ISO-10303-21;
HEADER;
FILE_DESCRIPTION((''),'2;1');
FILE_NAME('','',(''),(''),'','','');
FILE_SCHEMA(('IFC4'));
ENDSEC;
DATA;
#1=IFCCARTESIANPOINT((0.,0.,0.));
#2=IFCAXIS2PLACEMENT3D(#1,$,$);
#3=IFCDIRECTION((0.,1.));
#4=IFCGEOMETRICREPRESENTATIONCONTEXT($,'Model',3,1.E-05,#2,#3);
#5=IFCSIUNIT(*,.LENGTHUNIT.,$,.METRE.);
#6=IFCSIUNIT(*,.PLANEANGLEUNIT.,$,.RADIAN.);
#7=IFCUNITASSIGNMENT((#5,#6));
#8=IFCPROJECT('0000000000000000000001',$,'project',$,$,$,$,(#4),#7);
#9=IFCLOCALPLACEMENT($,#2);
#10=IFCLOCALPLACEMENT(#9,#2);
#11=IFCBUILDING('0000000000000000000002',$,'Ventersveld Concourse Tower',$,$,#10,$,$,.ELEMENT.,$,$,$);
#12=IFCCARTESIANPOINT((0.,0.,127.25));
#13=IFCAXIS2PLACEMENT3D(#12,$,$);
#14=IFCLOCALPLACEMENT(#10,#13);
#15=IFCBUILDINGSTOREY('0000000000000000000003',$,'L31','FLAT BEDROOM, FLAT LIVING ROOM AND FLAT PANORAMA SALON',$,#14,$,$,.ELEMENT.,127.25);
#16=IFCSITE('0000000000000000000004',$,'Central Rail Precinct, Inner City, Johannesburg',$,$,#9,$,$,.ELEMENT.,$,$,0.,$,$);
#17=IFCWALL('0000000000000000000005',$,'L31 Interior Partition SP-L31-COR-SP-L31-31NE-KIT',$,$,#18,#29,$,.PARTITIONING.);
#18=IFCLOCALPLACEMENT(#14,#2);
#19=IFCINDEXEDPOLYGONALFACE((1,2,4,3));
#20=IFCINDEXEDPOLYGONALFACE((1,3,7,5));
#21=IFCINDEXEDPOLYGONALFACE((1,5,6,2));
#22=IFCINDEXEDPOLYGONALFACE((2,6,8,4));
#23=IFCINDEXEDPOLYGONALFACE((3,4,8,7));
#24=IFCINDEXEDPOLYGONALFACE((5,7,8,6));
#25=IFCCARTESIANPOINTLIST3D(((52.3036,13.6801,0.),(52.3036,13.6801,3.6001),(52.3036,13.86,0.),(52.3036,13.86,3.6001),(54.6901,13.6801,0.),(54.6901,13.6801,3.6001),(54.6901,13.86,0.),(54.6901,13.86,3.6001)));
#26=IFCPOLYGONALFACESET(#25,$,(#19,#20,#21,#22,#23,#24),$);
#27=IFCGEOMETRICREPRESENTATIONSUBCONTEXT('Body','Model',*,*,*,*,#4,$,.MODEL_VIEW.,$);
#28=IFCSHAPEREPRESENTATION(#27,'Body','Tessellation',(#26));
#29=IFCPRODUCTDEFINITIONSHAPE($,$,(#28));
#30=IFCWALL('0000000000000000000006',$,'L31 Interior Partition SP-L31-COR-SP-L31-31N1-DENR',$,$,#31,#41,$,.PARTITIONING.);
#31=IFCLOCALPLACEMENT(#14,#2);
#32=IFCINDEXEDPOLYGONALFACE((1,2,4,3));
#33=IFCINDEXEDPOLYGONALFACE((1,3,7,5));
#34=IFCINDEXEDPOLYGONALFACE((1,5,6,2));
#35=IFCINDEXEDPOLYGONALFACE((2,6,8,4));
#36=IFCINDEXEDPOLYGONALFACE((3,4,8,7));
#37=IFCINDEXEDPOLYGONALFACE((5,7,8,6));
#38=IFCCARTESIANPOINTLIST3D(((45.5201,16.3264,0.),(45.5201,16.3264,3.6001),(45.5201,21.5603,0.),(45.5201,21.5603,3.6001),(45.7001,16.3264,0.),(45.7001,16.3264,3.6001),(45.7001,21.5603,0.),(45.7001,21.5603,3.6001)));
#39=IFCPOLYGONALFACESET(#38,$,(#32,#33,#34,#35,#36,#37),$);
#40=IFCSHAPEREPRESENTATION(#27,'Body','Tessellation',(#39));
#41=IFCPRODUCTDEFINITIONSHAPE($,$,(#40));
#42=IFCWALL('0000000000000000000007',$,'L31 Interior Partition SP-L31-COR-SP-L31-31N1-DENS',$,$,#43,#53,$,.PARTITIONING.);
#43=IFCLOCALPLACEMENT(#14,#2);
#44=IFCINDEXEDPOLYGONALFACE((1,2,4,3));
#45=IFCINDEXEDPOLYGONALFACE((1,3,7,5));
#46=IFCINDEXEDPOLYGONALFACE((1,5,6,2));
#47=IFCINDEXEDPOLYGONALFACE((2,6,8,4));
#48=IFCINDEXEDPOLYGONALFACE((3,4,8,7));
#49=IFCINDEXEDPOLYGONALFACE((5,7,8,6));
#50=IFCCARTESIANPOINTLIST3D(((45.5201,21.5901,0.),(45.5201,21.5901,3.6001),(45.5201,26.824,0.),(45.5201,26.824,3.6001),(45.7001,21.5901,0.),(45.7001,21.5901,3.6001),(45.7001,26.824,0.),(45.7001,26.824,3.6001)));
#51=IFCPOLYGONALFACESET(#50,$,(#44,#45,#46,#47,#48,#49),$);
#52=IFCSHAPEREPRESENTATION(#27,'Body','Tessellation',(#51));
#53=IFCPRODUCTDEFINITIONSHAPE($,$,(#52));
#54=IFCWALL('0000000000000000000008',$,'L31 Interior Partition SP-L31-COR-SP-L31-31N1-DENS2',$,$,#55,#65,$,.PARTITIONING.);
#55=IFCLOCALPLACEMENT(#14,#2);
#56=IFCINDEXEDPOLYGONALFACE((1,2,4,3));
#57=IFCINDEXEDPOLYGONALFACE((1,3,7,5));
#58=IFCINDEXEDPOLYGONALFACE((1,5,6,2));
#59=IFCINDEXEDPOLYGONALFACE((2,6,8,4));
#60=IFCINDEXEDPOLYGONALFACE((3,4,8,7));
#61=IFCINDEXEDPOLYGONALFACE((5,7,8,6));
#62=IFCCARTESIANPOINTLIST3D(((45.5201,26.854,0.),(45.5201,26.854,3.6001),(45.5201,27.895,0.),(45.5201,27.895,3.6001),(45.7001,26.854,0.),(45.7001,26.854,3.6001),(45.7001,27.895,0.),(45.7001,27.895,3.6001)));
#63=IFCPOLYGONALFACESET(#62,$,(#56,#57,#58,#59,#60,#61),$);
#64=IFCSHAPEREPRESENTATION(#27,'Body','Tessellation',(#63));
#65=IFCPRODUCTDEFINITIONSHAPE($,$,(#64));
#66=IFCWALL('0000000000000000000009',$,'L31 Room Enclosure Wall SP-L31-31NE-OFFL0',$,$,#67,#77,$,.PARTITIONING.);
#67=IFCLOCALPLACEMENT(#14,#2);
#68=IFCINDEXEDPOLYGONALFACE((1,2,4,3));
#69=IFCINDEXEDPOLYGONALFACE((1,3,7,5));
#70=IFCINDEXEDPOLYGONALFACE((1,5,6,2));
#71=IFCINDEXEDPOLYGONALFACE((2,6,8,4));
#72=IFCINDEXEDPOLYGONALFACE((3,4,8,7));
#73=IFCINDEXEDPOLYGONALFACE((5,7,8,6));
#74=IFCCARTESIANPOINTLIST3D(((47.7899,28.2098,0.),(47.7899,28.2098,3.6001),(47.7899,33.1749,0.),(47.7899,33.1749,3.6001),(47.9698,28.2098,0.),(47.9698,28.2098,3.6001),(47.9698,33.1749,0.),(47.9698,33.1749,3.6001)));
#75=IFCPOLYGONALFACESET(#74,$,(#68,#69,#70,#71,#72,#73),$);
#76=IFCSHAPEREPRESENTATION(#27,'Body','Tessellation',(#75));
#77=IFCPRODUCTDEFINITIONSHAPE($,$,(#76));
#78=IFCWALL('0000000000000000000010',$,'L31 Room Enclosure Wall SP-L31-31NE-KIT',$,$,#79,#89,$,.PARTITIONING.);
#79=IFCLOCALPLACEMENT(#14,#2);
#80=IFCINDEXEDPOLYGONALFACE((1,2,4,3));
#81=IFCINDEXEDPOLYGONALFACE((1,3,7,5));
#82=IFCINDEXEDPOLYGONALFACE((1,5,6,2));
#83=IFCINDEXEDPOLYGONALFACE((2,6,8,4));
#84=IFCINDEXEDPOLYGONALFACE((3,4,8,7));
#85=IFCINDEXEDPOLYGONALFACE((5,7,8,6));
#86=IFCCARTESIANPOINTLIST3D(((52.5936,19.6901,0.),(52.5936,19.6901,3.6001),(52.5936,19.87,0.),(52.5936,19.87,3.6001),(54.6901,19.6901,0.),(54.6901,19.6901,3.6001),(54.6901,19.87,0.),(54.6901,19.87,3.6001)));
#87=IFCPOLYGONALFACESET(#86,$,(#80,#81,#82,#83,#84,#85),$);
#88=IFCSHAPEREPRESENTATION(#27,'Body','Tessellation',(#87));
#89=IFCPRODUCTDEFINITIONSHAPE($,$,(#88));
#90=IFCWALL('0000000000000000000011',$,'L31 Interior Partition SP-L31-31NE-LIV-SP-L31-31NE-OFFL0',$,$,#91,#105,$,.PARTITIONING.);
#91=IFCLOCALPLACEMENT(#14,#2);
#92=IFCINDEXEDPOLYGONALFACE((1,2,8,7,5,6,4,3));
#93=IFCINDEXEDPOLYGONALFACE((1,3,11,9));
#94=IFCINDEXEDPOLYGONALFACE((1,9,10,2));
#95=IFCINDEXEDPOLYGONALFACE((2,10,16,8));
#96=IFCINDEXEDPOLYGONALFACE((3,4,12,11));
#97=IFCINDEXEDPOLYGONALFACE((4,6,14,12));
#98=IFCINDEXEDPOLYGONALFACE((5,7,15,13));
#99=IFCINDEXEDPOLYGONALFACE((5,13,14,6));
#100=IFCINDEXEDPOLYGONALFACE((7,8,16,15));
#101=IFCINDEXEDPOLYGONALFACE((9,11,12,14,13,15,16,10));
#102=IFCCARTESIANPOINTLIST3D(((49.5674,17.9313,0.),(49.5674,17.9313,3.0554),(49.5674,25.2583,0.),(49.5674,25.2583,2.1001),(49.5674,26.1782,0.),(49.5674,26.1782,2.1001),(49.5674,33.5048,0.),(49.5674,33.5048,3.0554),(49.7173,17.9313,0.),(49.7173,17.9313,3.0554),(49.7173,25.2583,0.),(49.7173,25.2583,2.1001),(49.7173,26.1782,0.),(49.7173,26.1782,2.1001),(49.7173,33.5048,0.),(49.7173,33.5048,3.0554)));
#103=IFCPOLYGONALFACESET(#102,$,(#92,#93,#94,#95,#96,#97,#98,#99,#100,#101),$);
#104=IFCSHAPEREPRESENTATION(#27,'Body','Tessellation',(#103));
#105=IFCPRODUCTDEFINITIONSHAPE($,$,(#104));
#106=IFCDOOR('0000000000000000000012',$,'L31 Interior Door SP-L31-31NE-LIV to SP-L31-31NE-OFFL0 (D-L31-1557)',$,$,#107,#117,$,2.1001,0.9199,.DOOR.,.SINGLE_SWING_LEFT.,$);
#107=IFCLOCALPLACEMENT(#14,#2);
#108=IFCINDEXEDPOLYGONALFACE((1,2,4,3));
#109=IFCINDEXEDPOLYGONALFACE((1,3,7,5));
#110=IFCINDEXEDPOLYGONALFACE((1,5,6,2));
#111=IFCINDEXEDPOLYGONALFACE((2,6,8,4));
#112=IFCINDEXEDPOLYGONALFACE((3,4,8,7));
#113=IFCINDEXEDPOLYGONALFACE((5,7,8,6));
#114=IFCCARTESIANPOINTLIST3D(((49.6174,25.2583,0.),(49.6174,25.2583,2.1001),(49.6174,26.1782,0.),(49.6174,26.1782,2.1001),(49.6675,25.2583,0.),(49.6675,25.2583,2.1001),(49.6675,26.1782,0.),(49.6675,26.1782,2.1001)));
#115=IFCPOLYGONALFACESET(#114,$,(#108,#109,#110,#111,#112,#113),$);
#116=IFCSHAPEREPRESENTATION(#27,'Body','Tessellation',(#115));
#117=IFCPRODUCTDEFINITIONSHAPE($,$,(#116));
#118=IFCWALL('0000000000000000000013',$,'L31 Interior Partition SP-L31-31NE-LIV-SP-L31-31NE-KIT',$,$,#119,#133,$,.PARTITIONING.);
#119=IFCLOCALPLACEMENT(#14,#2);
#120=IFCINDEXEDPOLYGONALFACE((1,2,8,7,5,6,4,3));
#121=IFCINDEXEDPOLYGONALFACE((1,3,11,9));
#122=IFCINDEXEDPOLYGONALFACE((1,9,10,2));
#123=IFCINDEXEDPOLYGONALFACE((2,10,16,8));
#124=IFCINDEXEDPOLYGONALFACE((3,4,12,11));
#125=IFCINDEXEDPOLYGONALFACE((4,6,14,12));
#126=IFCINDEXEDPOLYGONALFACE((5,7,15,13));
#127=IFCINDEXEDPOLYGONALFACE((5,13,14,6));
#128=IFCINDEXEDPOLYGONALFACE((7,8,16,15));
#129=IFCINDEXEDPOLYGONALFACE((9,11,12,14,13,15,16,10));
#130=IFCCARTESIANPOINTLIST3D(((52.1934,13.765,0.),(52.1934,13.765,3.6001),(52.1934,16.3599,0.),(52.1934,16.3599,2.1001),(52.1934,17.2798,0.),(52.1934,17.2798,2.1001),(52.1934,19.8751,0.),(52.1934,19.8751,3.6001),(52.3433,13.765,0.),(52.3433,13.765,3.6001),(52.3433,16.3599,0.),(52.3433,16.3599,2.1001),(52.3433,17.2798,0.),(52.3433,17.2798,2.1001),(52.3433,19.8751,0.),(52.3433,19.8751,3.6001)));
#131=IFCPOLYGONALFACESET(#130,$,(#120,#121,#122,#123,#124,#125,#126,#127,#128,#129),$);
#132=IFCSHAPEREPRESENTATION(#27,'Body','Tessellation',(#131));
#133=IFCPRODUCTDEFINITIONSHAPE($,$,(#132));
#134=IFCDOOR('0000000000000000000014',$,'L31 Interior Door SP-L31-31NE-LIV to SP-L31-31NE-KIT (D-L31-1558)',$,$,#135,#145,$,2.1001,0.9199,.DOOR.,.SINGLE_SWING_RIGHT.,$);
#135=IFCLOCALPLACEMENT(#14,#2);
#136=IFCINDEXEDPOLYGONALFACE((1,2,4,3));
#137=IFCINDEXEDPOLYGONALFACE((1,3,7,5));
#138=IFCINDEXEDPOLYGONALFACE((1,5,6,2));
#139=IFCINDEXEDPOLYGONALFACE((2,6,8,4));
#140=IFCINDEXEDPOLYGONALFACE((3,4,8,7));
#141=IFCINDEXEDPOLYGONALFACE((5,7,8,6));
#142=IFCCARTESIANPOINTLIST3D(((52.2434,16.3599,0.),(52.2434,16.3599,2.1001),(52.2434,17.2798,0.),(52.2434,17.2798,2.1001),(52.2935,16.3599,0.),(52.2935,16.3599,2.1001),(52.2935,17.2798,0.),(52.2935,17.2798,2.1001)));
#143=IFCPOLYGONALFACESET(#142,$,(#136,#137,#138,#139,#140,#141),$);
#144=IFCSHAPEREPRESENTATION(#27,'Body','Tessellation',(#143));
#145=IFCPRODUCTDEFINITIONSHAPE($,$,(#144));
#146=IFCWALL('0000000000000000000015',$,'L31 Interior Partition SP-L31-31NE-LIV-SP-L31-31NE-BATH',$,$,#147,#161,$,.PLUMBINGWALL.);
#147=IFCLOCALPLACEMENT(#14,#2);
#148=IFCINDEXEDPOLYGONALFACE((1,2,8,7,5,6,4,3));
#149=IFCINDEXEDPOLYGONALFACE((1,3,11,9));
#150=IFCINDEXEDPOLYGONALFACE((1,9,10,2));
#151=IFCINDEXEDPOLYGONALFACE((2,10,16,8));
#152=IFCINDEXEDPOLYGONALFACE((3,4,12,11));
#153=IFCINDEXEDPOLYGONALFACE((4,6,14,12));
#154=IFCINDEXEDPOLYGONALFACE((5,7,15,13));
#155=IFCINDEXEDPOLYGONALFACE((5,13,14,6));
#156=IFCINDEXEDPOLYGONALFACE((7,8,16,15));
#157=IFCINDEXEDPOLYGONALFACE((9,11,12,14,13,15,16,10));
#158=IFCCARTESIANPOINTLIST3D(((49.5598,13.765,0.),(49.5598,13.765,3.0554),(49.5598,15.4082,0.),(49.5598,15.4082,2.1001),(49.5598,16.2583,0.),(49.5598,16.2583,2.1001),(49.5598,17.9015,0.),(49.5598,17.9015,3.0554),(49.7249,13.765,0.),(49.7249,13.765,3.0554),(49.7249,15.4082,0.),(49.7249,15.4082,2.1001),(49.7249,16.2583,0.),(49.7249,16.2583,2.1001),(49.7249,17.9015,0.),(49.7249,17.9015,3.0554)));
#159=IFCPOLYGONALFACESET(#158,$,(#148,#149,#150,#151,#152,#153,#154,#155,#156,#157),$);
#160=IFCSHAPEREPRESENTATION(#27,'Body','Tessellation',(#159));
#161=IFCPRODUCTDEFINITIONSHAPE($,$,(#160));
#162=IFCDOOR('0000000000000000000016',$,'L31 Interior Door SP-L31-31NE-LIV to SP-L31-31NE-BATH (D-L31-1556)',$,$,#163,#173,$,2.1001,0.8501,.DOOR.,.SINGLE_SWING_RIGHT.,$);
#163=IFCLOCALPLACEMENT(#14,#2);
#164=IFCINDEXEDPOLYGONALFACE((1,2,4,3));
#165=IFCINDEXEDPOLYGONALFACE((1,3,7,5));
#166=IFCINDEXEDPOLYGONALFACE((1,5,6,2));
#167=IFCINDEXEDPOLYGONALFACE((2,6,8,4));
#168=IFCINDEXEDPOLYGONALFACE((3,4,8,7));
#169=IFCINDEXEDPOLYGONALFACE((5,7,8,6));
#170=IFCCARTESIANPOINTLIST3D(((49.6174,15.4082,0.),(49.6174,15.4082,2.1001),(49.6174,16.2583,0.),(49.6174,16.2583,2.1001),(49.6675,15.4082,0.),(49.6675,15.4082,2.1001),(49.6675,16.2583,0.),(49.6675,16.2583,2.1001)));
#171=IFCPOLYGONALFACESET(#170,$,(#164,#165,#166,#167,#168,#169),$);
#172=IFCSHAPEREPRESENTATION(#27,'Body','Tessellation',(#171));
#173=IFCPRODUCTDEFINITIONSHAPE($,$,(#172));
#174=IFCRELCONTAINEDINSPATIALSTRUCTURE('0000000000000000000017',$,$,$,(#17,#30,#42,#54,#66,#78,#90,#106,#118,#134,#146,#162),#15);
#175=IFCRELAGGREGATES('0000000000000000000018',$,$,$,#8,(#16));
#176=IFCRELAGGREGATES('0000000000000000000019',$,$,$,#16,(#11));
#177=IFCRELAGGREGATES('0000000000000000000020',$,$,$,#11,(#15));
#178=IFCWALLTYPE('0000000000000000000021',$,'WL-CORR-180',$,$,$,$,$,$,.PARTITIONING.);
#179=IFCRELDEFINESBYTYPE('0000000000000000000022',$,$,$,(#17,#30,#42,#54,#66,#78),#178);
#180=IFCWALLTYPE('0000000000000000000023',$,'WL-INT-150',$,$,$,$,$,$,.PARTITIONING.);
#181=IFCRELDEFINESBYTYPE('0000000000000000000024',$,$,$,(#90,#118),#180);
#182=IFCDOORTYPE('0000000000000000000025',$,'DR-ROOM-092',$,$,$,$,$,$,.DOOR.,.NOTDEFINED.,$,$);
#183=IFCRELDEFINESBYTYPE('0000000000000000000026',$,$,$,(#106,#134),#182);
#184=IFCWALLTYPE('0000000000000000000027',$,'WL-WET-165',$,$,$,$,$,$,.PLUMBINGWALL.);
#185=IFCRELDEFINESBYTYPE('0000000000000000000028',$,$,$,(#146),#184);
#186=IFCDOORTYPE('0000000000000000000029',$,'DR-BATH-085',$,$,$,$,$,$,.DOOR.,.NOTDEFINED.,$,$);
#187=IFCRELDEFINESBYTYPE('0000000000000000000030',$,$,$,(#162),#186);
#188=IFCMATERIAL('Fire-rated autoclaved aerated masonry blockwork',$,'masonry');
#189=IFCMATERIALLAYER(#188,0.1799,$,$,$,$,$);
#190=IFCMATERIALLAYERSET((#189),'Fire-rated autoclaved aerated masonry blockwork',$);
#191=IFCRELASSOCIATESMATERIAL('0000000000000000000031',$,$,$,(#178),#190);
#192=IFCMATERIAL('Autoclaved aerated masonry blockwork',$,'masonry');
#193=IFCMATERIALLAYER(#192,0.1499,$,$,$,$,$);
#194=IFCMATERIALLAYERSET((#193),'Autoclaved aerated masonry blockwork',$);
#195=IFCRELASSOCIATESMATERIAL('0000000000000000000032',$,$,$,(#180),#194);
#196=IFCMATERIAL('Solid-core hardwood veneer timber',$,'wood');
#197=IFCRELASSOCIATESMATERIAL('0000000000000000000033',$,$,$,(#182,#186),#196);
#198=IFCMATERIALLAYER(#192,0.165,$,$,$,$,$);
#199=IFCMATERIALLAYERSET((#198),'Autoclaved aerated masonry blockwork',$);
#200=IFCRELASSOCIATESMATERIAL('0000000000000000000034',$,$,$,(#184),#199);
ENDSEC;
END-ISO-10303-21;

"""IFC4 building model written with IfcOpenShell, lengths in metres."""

from ifc_helpers import new_model, si_unit, direction, frame, frame_2d, origin, place, context, subcontext, project, spatial, rectangle, extrude, material, layer, layer_set, type_object, element, fill, save


model = new_model("IFC4")

# Units and contexts
model_context = context("Model", 3, precision=1e-05, world=origin(), true_north=direction((0.0, 1.0)))
body_context = subcontext(model_context, "Body", "Model", "MODEL_VIEW")
ifc_project = project(units=[si_unit("LENGTHUNIT", "METRE"), si_unit("PLANEANGLEUNIT", "RADIAN")], contexts=[model_context])

# Site, building, storey
site_placement = place(None, origin())
site = spatial("IfcSite", under=ifc_project, at=site_placement, Name="Central Rail Precinct, Inner City, Johannesburg", CompositionType="ELEMENT", RefElevation=0.0)
building_placement = place(site_placement, origin())
building = spatial("IfcBuilding", under=site, at=building_placement, Name="Ventersveld Concourse Tower", CompositionType="ELEMENT")
storey_placement = place(building_placement, frame((0.0, 0.0, 127.25)))
storey = spatial("IfcBuildingStorey", under=building, at=storey_placement, Name="L31", Description="FLAT BEDROOM, FLAT LIVING ROOM AND FLAT PANORAMA SALON", CompositionType="ELEMENT", Elevation=127.25)

# Shared definitions
ifc_material_1 = material(Name="Fire-rated autoclaved aerated masonry blockwork", Category="masonry")
ifc_layer_1 = layer(ifc_material_1, 0.1799)
ifc_layer_set_1 = layer_set([ifc_layer_1], Name="Fire-rated autoclaved aerated masonry blockwork")
wall_type_1 = type_object("IfcWallType", Name="WL-CORR-180", PredefinedType="PARTITIONING", material=ifc_layer_set_1)
ifc_material_2 = material(Name="Solid-core hardwood veneer timber", Category="wood")

# Walls
wall_1_placement = place(storey_placement, frame((52.3035, 13.77, 0.0), z_axis=(0.0, 0.0, 1.0), x_axis=(1.0, 0.0, 0.0)))
element("IfcWall", 1, at=wall_1_placement, inside=storey, type_object=wall_type_1, Name="L31 Interior Partition SP-L31-COR-SP-L31-31NE-KIT", PredefinedType="PARTITIONING", context=body_context, shape_type="SweptSolid", body=[
    extrude(rectangle(XDim=2.3865, YDim=0.1799, at=frame_2d((1.1934, 0.0))), origin(), (0.0, 0.0, 1.0), 3.6001),
])
for number, where, z_axis, x_axis, name in (
    (2, (45.6101, 16.3264, 0.0), (0.0, 0.0, 1.0), (0.0, 1.0, 0.0), "L31 Interior Partition SP-L31-COR-SP-L31-31N1-DENR"),
    (3, (45.6101, 21.5901, 0.0), (0.0, 0.0, 1.0), (0.0, 1.0, 0.0), "L31 Interior Partition SP-L31-COR-SP-L31-31N1-DENS"),
):
    element("IfcWall", number, at=place(storey_placement, frame(where, z_axis=z_axis, x_axis=x_axis)), inside=storey, type_object=wall_type_1, Name=name, PredefinedType="PARTITIONING", context=body_context, shape_type="SweptSolid", body=[
        extrude(rectangle(XDim=5.2339, YDim=0.1799, at=frame_2d((2.6169, 0.0))), origin(), (0.0, 0.0, 1.0), 3.6001),
    ])
wall_2_placement = place(storey_placement, frame((45.6101, 26.854, 0.0), z_axis=(0.0, 0.0, 1.0), x_axis=(0.0, 1.0, 0.0)))
element("IfcWall", 4, at=wall_2_placement, inside=storey, type_object=wall_type_1, Name="L31 Interior Partition SP-L31-COR-SP-L31-31N1-DENS2", PredefinedType="PARTITIONING", context=body_context, shape_type="SweptSolid", body=[
    extrude(rectangle(XDim=1.041, YDim=0.1799, at=frame_2d((0.5205, 0.0))), origin(), (0.0, 0.0, 1.0), 3.6001),
])
wall_3_placement = place(storey_placement, frame((47.8799, 28.21, 0.0), z_axis=(0.0, 0.0, 1.0), x_axis=(0.0, 1.0, 0.0)))
element("IfcWall", 5, at=wall_3_placement, inside=storey, type_object=wall_type_1, Name="L31 Room Enclosure Wall SP-L31-31NE-OFFL0", PredefinedType="PARTITIONING", context=body_context, shape_type="SweptSolid", body=[
    extrude(rectangle(XDim=4.9651, YDim=0.1799, at=frame_2d((2.4824, 0.0))), origin(), (0.0, 0.0, 1.0), 3.6001),
])
wall_4_placement = place(storey_placement, frame((52.5935, 19.78, 0.0), z_axis=(0.0, 0.0, 1.0), x_axis=(1.0, 0.0, 0.0)))
element("IfcWall", 6, at=wall_4_placement, inside=storey, type_object=wall_type_1, Name="L31 Room Enclosure Wall SP-L31-31NE-KIT", PredefinedType="PARTITIONING", context=body_context, shape_type="SweptSolid", body=[
    extrude(rectangle(XDim=2.0964, YDim=0.1799, at=frame_2d((1.0483, 0.0))), origin(), (0.0, 0.0, 1.0), 3.6001),
])

# Walls, openings, doors
ifc_material_3 = material(Name="Autoclaved aerated masonry blockwork", Category="masonry")
ifc_layer_2 = layer(ifc_material_3, 0.1499)
ifc_layer_set_2 = layer_set([ifc_layer_2], Name="Autoclaved aerated masonry blockwork")
wall_type_2 = type_object("IfcWallType", Name="WL-INT-150", PredefinedType="PARTITIONING", material=ifc_layer_set_2)
wall_5_placement = place(storey_placement, frame((49.6423, 17.9314, 0.0), z_axis=(0.0, 0.0, 1.0), x_axis=(0.0, 1.0, 0.0)))
wall_5 = element("IfcWall", 7, at=wall_5_placement, inside=storey, type_object=wall_type_2, Name="L31 Interior Partition SP-L31-31NE-LIV-SP-L31-31NE-OFFL0", PredefinedType="PARTITIONING", context=body_context, shape_type="SweptSolid", body=[
    extrude(rectangle(XDim=15.5735, YDim=0.1499, at=frame_2d((7.7866, 0.0))), origin(), (0.0, 0.0, 1.0), 3.0554),
])
opening_1_placement = place(wall_5_placement, frame((7.3269, 0.0, 0.0)))
opening_1 = element("IfcOpeningElement", 8, at=opening_1_placement, cuts=wall_5, PredefinedType="OPENING", context=body_context, shape_type="SweptSolid", body=[
    extrude(rectangle(XDim=0.9199, YDim=2.1001, at=frame_2d((0.46, 1.05))), frame((0.0, 0.085, 0.0), z_axis=(0.0, -1.0, 0.0), x_axis=(1.0, 0.0, 0.0)), (0.0, 0.0, 1.0), 0.1699),
])
door_type_1 = type_object("IfcDoorType", Name="DR-ROOM-092", OperationType="NOTDEFINED", PredefinedType="DOOR", material=ifc_material_2)
door_1_placement = place(opening_1_placement, origin())
door_1 = element("IfcDoor", 9, at=door_1_placement, inside=storey, type_object=door_type_1, Name="L31 Interior Door SP-L31-31NE-LIV to SP-L31-31NE-OFFL0 (D-L31-1557)", OperationType="SINGLE_SWING_LEFT", OverallHeight=2.1001, OverallWidth=0.9199, PredefinedType="DOOR", context=body_context, shape_type="SweptSolid", body=[
    extrude(rectangle(XDim=0.9199, YDim=2.1001, at=frame_2d((0.46, 1.05))), frame((0.0, 0.0249, 0.0), z_axis=(0.0, -1.0, 0.0), x_axis=(1.0, 0.0, 0.0)), (0.0, 0.0, 1.0), 0.05),
])
fill(opening_1, door_1)
wall_6_placement = place(storey_placement, frame((52.2683, 13.7649, 0.0), z_axis=(0.0, 0.0, 1.0), x_axis=(0.0, 1.0, 0.0)))
wall_6 = element("IfcWall", 10, at=wall_6_placement, inside=storey, type_object=wall_type_2, Name="L31 Interior Partition SP-L31-31NE-LIV-SP-L31-31NE-KIT", PredefinedType="PARTITIONING", context=body_context, shape_type="SweptSolid", body=[
    extrude(rectangle(XDim=6.1101, YDim=0.1499, at=frame_2d((3.0552, 0.0))), origin(), (0.0, 0.0, 1.0), 3.6001),
])
opening_2_placement = place(wall_6_placement, frame((2.595, 0.0, 0.0)))
opening_2 = element("IfcOpeningElement", 11, at=opening_2_placement, cuts=wall_6, PredefinedType="OPENING", context=body_context, shape_type="SweptSolid", body=[
    extrude(rectangle(XDim=0.9199, YDim=2.1001, at=frame_2d((0.46, 1.05))), frame((0.0, 0.085, 0.0), z_axis=(0.0, -1.0, 0.0), x_axis=(1.0, 0.0, 0.0)), (0.0, 0.0, 1.0), 0.1699),
])
door_2_placement = place(opening_2_placement, origin())
door_2 = element("IfcDoor", 12, at=door_2_placement, inside=storey, type_object=door_type_1, Name="L31 Interior Door SP-L31-31NE-LIV to SP-L31-31NE-KIT (D-L31-1558)", OperationType="SINGLE_SWING_RIGHT", OverallHeight=2.1001, OverallWidth=0.9199, PredefinedType="DOOR", context=body_context, shape_type="SweptSolid", body=[
    extrude(rectangle(XDim=0.9199, YDim=2.1001, at=frame_2d((0.46, 1.05))), frame((0.0, 0.0249, 0.0), z_axis=(0.0, -1.0, 0.0), x_axis=(1.0, 0.0, 0.0)), (0.0, 0.0, 1.0), 0.05),
])
fill(opening_2, door_2)
ifc_layer_3 = layer(ifc_material_3, 0.165)
ifc_layer_set_3 = layer_set([ifc_layer_3], Name="Autoclaved aerated masonry blockwork")
wall_type_3 = type_object("IfcWallType", Name="WL-WET-165", PredefinedType="PLUMBINGWALL", material=ifc_layer_set_3)
wall_7_placement = place(storey_placement, frame((49.6423, 13.7649, 0.0), z_axis=(0.0, 0.0, 1.0), x_axis=(0.0, 1.0, 0.0)))
wall_7 = element("IfcWall", 13, at=wall_7_placement, inside=storey, type_object=wall_type_3, Name="L31 Interior Partition SP-L31-31NE-LIV-SP-L31-31NE-BATH", PredefinedType="PLUMBINGWALL", context=body_context, shape_type="SweptSolid", body=[
    extrude(rectangle(XDim=4.1365, YDim=0.165, at=frame_2d((2.0684, 0.0))), origin(), (0.0, 0.0, 1.0), 3.0554),
])
opening_3_placement = place(wall_7_placement, frame((1.6433, 0.0, 0.0)))
opening_3 = element("IfcOpeningElement", 14, at=opening_3_placement, cuts=wall_7, PredefinedType="OPENING", context=body_context, shape_type="SweptSolid", body=[
    extrude(rectangle(XDim=0.8501, YDim=2.1001, at=frame_2d((0.425, 1.05))), frame((0.0, 0.0925, 0.0), z_axis=(0.0, -1.0, 0.0), x_axis=(1.0, 0.0, 0.0)), (0.0, 0.0, 1.0), 0.1851),
])
door_type_2 = type_object("IfcDoorType", Name="DR-BATH-085", OperationType="NOTDEFINED", PredefinedType="DOOR", material=ifc_material_2)
door_3_placement = place(opening_3_placement, origin())
door_3 = element("IfcDoor", 15, at=door_3_placement, inside=storey, type_object=door_type_2, Name="L31 Interior Door SP-L31-31NE-LIV to SP-L31-31NE-BATH (D-L31-1556)", OperationType="SINGLE_SWING_RIGHT", OverallHeight=2.1001, OverallWidth=0.8501, PredefinedType="DOOR", context=body_context, shape_type="SweptSolid", body=[
    extrude(rectangle(XDim=0.8501, YDim=2.1001, at=frame_2d((0.425, 1.05))), frame((0.0, 0.0249, 0.0), z_axis=(0.0, -1.0, 0.0), x_axis=(1.0, 0.0, 0.0)), (0.0, 0.0, 1.0), 0.05),
])
fill(opening_3, door_3)

save(model, "model.ifc")
